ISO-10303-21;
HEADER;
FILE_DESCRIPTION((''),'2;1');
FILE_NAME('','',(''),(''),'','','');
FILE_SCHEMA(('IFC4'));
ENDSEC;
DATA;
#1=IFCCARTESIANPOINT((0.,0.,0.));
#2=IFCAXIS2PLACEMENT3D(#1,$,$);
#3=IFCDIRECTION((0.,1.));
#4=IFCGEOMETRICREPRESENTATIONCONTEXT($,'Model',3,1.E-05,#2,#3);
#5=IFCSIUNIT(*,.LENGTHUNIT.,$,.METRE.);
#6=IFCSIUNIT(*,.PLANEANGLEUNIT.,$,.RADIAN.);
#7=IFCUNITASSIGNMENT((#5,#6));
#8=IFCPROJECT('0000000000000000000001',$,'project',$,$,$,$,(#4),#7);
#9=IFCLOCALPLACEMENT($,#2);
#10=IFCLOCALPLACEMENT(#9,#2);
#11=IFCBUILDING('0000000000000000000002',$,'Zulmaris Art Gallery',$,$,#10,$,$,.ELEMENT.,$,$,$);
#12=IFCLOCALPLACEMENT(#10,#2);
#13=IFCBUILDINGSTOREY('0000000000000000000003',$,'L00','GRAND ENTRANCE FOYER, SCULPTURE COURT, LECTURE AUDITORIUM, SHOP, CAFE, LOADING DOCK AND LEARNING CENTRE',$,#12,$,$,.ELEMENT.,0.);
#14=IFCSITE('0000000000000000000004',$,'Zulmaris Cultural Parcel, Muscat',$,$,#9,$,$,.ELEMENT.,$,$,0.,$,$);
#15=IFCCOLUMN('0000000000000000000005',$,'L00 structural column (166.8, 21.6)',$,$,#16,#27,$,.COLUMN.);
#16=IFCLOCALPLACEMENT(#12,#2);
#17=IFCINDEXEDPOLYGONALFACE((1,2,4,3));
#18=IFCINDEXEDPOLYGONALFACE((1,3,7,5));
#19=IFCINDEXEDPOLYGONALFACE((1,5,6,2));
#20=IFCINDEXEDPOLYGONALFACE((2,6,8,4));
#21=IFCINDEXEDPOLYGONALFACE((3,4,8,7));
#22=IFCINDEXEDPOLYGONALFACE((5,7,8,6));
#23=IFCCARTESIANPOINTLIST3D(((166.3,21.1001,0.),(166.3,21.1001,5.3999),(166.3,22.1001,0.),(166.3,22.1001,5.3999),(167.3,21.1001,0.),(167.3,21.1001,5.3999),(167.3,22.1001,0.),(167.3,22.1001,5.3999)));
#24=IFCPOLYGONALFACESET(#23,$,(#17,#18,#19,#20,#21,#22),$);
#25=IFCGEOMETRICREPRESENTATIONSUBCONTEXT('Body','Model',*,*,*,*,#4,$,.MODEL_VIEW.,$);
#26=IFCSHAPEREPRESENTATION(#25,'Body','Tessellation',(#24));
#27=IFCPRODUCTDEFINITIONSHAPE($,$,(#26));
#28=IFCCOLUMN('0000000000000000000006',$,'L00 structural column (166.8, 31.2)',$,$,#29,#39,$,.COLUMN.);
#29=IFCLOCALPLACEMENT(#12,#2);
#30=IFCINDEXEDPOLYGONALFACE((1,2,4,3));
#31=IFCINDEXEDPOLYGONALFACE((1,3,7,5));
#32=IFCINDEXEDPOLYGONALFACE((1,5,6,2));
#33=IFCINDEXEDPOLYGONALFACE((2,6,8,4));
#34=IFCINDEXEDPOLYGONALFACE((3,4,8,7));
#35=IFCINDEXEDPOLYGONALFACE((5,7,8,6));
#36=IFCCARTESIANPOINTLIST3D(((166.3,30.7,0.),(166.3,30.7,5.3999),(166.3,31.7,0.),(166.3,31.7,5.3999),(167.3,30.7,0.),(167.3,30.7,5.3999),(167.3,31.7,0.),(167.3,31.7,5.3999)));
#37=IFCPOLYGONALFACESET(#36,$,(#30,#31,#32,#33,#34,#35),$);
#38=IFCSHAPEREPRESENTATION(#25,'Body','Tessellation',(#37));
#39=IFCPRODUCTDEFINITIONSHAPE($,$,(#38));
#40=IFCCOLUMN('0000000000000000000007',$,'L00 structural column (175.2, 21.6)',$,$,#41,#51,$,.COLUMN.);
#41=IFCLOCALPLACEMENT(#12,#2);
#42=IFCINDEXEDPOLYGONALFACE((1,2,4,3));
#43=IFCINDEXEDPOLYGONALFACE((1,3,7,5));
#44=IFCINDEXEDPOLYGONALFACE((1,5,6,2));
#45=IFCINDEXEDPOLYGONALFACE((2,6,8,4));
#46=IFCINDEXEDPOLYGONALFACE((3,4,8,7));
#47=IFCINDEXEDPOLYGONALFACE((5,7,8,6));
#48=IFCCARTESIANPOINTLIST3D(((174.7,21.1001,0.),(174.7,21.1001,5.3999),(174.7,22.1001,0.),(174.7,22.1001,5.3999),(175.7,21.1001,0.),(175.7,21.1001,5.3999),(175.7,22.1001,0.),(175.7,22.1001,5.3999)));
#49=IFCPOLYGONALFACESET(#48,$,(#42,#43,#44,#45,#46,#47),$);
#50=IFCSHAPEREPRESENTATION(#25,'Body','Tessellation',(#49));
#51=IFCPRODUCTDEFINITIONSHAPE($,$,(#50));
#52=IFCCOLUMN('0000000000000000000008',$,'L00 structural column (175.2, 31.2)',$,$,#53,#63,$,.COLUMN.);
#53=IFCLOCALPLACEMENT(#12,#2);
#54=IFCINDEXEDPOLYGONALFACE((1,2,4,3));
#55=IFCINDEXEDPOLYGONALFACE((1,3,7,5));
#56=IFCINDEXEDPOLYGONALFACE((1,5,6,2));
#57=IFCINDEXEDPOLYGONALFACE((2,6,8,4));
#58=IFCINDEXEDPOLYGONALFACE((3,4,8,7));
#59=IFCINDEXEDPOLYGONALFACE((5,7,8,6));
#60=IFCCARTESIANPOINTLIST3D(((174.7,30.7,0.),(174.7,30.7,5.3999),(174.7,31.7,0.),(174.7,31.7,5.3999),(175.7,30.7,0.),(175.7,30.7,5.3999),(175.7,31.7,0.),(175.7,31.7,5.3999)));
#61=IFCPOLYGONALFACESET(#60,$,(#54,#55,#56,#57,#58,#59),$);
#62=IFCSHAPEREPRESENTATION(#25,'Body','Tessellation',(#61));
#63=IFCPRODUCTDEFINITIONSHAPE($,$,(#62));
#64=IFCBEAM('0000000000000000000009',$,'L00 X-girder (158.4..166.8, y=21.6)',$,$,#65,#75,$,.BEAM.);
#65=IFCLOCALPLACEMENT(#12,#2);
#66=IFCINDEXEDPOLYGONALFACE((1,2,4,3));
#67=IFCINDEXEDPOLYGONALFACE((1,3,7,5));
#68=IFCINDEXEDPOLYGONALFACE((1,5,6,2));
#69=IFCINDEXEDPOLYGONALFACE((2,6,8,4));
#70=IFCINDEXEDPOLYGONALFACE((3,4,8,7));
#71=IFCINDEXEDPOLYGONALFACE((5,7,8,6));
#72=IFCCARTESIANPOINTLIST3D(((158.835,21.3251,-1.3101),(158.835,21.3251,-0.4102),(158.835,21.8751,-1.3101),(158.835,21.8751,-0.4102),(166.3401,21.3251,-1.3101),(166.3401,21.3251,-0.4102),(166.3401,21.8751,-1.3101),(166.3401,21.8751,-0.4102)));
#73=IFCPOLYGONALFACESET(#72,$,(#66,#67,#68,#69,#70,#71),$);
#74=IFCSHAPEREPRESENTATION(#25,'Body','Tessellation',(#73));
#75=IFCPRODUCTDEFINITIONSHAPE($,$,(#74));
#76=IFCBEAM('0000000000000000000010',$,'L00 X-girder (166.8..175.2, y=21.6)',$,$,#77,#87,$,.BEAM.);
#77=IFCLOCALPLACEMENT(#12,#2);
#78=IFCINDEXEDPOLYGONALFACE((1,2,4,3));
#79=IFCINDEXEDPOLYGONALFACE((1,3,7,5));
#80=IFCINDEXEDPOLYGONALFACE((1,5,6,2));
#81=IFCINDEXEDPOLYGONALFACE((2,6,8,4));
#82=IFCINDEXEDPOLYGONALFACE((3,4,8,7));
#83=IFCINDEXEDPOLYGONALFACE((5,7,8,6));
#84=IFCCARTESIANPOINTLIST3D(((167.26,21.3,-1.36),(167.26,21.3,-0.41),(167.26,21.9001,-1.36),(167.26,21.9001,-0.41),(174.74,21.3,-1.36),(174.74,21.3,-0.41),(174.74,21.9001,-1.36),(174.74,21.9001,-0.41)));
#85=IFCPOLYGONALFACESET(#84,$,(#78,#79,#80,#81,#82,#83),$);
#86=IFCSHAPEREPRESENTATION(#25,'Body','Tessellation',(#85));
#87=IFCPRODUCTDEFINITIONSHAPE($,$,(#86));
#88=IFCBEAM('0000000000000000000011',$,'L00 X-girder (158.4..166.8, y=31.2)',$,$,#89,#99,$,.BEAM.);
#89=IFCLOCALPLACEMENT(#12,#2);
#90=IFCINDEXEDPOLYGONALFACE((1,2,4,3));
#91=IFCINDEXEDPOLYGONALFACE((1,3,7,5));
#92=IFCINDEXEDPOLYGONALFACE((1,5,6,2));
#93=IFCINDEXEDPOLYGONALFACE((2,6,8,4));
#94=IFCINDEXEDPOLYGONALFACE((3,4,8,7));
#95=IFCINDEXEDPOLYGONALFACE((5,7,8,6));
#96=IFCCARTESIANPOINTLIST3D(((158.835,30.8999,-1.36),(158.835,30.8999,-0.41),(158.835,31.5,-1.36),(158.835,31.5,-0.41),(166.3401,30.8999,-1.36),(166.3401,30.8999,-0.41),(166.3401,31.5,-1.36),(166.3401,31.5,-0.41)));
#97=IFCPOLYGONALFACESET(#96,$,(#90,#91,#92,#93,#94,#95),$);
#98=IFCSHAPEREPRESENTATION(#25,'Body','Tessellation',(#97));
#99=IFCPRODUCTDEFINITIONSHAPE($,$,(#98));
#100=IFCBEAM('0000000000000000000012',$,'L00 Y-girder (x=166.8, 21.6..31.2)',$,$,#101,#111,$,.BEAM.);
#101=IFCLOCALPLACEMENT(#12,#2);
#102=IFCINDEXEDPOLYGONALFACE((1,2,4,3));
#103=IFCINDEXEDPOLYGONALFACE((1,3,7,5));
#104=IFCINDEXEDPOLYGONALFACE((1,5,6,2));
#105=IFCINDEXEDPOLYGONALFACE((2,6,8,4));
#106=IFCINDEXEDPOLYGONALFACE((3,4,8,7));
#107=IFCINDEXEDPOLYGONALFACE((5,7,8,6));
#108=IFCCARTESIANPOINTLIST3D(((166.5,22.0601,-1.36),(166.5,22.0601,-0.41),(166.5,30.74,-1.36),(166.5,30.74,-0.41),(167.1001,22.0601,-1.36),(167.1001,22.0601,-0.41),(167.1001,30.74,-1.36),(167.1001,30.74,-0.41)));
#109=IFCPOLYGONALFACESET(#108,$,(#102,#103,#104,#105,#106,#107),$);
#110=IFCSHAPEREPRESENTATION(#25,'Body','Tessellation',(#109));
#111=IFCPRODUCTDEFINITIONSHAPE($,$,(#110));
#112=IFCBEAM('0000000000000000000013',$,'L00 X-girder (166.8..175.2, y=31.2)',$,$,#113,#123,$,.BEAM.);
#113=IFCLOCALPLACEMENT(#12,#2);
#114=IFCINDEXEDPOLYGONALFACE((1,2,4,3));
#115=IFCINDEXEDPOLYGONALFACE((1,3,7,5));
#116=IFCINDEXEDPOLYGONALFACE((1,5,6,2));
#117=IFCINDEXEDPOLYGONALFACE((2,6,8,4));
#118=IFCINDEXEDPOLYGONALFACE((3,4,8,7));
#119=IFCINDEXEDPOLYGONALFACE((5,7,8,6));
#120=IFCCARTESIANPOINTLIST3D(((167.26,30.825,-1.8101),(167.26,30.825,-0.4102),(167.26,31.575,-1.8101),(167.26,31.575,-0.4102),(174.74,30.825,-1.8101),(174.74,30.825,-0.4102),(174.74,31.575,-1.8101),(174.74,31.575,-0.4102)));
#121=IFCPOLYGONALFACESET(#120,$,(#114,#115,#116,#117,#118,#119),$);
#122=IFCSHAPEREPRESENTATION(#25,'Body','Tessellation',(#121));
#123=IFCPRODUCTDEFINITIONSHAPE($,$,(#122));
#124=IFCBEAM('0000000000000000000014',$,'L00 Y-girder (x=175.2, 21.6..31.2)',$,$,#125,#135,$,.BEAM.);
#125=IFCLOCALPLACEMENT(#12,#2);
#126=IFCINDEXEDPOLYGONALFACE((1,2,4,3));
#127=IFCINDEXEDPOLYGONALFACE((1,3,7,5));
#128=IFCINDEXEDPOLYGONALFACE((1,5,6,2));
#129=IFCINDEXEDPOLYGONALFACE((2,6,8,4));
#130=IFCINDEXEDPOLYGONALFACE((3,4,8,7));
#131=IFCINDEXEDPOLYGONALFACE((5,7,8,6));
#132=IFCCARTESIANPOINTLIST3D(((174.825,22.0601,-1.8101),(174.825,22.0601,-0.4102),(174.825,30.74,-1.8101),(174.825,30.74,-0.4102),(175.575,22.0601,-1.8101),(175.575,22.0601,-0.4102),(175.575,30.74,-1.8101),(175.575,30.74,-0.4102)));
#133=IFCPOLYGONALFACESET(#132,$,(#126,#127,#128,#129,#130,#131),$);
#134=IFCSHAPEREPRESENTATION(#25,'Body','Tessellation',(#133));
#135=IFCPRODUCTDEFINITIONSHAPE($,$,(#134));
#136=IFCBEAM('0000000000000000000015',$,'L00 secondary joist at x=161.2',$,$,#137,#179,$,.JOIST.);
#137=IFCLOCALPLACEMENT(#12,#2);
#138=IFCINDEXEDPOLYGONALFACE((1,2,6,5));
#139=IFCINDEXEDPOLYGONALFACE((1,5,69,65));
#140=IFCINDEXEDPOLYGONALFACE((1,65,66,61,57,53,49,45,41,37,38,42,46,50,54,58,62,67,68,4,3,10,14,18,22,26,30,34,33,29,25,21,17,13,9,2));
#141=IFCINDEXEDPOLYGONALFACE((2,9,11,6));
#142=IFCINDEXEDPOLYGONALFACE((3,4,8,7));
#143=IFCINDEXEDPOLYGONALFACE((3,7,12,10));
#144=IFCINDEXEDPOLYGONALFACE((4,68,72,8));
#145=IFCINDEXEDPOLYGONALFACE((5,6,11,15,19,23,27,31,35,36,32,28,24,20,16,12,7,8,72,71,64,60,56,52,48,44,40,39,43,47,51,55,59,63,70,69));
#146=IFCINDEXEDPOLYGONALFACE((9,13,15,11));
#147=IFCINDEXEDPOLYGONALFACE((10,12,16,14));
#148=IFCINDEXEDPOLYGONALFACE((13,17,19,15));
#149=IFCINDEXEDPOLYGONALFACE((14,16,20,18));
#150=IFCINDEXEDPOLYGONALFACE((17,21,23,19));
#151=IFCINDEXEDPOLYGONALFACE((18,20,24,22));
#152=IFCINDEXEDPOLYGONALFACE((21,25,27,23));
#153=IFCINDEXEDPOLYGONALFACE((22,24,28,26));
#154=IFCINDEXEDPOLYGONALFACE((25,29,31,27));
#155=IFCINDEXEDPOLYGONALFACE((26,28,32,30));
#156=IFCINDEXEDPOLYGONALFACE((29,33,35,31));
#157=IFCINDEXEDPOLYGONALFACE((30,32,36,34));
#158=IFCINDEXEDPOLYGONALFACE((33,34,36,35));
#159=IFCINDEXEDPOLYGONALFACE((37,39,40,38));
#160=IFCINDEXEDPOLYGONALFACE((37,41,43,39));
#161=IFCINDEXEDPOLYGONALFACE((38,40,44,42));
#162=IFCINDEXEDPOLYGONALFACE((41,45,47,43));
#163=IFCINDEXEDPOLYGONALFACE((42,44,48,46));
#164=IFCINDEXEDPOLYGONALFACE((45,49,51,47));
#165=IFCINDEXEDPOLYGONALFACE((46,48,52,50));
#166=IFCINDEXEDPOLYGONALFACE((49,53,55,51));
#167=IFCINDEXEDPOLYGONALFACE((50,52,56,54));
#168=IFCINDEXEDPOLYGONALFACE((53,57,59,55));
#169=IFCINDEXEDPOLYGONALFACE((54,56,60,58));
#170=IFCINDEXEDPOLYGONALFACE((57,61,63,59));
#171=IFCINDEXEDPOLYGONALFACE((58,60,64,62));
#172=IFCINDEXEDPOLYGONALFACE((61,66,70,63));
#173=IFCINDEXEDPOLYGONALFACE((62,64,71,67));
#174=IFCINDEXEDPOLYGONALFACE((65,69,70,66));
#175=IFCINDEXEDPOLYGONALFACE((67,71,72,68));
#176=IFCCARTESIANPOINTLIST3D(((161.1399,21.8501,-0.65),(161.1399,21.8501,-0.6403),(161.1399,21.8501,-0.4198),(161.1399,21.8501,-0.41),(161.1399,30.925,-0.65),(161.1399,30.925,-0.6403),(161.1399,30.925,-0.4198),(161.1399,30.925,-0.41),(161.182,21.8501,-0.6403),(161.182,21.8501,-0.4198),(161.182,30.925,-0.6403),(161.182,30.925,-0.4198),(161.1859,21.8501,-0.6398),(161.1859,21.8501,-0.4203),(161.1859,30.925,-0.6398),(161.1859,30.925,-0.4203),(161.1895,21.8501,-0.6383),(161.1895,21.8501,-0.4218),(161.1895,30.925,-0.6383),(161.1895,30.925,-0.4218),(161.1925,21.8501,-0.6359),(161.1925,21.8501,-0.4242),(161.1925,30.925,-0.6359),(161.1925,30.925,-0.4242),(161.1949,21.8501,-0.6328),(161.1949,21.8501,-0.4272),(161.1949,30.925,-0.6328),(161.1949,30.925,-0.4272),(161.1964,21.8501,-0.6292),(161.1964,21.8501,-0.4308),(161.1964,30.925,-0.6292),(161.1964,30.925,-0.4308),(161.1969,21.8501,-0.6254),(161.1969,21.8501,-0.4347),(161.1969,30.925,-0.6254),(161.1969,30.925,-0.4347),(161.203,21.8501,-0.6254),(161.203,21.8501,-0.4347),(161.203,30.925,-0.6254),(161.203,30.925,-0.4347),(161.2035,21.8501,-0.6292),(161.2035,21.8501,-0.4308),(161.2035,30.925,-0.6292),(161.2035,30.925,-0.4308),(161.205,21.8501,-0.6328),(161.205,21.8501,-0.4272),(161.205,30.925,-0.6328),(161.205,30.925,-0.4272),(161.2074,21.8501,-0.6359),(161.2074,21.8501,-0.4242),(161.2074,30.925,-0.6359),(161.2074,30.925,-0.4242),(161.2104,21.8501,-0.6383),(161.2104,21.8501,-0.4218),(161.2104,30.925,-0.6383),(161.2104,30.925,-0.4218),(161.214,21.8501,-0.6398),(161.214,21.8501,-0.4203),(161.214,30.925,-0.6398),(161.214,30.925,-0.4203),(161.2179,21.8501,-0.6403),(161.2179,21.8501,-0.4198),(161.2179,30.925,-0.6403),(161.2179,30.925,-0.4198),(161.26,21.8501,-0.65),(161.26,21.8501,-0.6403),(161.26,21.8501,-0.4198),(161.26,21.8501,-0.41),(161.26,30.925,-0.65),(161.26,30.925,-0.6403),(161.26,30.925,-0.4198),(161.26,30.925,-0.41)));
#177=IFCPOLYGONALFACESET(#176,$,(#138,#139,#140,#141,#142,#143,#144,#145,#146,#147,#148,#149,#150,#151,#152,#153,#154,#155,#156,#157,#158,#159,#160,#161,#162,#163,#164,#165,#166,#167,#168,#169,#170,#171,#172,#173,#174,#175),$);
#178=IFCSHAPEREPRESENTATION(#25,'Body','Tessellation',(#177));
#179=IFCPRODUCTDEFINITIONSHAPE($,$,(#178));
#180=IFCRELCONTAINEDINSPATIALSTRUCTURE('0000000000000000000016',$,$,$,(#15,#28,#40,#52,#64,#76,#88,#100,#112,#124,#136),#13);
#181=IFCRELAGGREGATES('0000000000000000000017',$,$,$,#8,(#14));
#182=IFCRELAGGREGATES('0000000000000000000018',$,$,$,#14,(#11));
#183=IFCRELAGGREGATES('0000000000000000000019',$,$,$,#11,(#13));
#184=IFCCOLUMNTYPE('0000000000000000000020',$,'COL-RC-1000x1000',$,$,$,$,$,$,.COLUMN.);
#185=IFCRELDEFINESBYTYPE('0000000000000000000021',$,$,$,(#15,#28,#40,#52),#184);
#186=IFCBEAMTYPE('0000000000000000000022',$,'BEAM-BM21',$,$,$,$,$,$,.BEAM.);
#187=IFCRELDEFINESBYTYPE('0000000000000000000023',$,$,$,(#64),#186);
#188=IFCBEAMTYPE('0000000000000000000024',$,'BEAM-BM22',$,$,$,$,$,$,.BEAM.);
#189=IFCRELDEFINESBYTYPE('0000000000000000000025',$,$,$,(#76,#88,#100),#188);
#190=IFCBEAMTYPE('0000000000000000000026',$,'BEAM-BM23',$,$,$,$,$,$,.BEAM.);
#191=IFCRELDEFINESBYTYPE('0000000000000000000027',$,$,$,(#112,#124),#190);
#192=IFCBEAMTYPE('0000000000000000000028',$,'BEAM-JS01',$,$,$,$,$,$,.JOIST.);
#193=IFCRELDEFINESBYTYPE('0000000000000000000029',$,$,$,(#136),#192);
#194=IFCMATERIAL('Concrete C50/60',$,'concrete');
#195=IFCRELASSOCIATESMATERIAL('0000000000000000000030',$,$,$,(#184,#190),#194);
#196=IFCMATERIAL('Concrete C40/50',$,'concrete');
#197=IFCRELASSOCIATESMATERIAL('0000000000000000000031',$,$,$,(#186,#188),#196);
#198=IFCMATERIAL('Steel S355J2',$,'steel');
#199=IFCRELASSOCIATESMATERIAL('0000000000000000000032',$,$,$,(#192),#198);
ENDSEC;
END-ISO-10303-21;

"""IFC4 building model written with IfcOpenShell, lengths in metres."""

from ifc_helpers import new_model, si_unit, direction, frame, origin, origin_2d, place, context, subcontext, project, spatial, rectangle, i_section, extrude, material, material_profile, profile_set, type_object, element, save


model = new_model("IFC4")

# Units and contexts
model_context = context("Model", 3, precision=1e-05, world=origin(), true_north=direction((0.0, 1.0)))
body_context = subcontext(model_context, "Body", "Model", "MODEL_VIEW")
ifc_project = project(units=[si_unit("LENGTHUNIT", "METRE"), si_unit("PLANEANGLEUNIT", "RADIAN")], contexts=[model_context])

# Site, building, storey
site_placement = place(None, origin())
site = spatial("IfcSite", under=ifc_project, at=site_placement, Name="Zulmaris Cultural Parcel, Muscat", CompositionType="ELEMENT", RefElevation=0.0)
building_placement = place(site_placement, origin())
building = spatial("IfcBuilding", under=site, at=building_placement, Name="Zulmaris Art Gallery", CompositionType="ELEMENT")
storey_placement = place(building_placement, origin())
storey = spatial("IfcBuildingStorey", under=building, at=storey_placement, Name="L00", Description="GRAND ENTRANCE FOYER, SCULPTURE COURT, LECTURE AUDITORIUM, SHOP, CAFE, LOADING DOCK AND LEARNING CENTRE", CompositionType="ELEMENT", Elevation=0.0)

# Columns
ifc_material_1 = material(Name="Concrete C50/60", Category="concrete")
ifc_material_profile_1 = material_profile(ifc_material_1, rectangle(XDim=1.0, YDim=1.0, at=origin_2d()), Name="RC 1000x1000")
ifc_profile_set_1 = profile_set([ifc_material_profile_1], Name="Concrete C50/60")
column_type = type_object("IfcColumnType", Name="COL-RC-1000x1000", PredefinedType="COLUMN", material=ifc_profile_set_1)
for number, where, z_axis, x_axis, name in (
    (1, (166.8, 21.6001, 0.0), (0.0, 0.0, 1.0), (1.0, 0.0, 0.0), "L00 structural column (166.8, 21.6)"),
    (2, (166.8, 31.2, 0.0), (0.0, 0.0, 1.0), (1.0, 0.0, 0.0), "L00 structural column (166.8, 31.2)"),
    (3, (175.2, 21.6001, 0.0), (0.0, 0.0, 1.0), (1.0, 0.0, 0.0), "L00 structural column (175.2, 21.6)"),
    (4, (175.2, 31.2, 0.0), (0.0, 0.0, 1.0), (1.0, 0.0, 0.0), "L00 structural column (175.2, 31.2)"),
):
    element("IfcColumn", number, at=place(storey_placement, frame(where, z_axis=z_axis, x_axis=x_axis)), inside=storey, type_object=column_type, Name=name, PredefinedType="COLUMN", context=body_context, shape_type="SweptSolid", body=[
        extrude(rectangle(XDim=1.0, YDim=1.0, at=origin_2d()), origin(), (0.0, 0.0, 1.0), 5.3999),
    ])

# Beams
ifc_material_2 = material(Name="Concrete C40/50", Category="concrete")
ifc_material_profile_2 = material_profile(ifc_material_2, rectangle(XDim=0.55, YDim=0.8999, at=origin_2d()), Name="RC 550x900")
ifc_profile_set_2 = profile_set([ifc_material_profile_2], Name="Concrete C40/50")
beam_type_1 = type_object("IfcBeamType", Name="BEAM-BM21", PredefinedType="BEAM", material=ifc_profile_set_2)
beam_1_placement = place(storey_placement, frame((158.835, 21.6001, -0.8601), z_axis=(1.0, 0.0, 0.0), x_axis=(0.0, 1.0, 0.0)))
element("IfcBeam", 5, at=beam_1_placement, inside=storey, type_object=beam_type_1, Name="L00 X-girder (158.4..166.8, y=21.6)", PredefinedType="BEAM", context=body_context, shape_type="SweptSolid", body=[
    extrude(rectangle(XDim=0.55, YDim=0.8999, at=origin_2d()), origin(), (0.0, 0.0, 1.0), 7.5051),
])
ifc_material_profile_3 = material_profile(ifc_material_2, rectangle(XDim=0.6001, YDim=0.95, at=origin_2d()), Name="RC 600x950")
ifc_profile_set_3 = profile_set([ifc_material_profile_3], Name="Concrete C40/50")
beam_type_2 = type_object("IfcBeamType", Name="BEAM-BM22", PredefinedType="BEAM", material=ifc_profile_set_3)
beam_2_placement = place(storey_placement, frame((167.26, 21.6001, -0.885), z_axis=(1.0, 0.0, 0.0), x_axis=(0.0, 1.0, 0.0)))
element("IfcBeam", 6, at=beam_2_placement, inside=storey, type_object=beam_type_2, Name="L00 X-girder (166.8..175.2, y=21.6)", PredefinedType="BEAM", context=body_context, shape_type="SweptSolid", body=[
    extrude(rectangle(XDim=0.6001, YDim=0.95, at=origin_2d()), origin(), (0.0, 0.0, 1.0), 7.48),
])
beam_3_placement = place(storey_placement, frame((158.835, 31.2, -0.885), z_axis=(1.0, 0.0, 0.0), x_axis=(0.0, 1.0, 0.0)))
element("IfcBeam", 7, at=beam_3_placement, inside=storey, type_object=beam_type_2, Name="L00 X-girder (158.4..166.8, y=31.2)", PredefinedType="BEAM", context=body_context, shape_type="SweptSolid", body=[
    extrude(rectangle(XDim=0.6001, YDim=0.95, at=origin_2d()), origin(), (0.0, 0.0, 1.0), 7.5051),
])
beam_4_placement = place(storey_placement, frame((166.8, 22.0601, -0.885), z_axis=(0.0, 1.0, 0.0), x_axis=(-1.0, 0.0, 0.0)))
element("IfcBeam", 8, at=beam_4_placement, inside=storey, type_object=beam_type_2, Name="L00 Y-girder (x=166.8, 21.6..31.2)", PredefinedType="BEAM", context=body_context, shape_type="SweptSolid", body=[
    extrude(rectangle(XDim=0.6001, YDim=0.95, at=origin_2d()), origin(), (0.0, 0.0, 1.0), 8.6799),
])
ifc_material_profile_4 = material_profile(ifc_material_1, rectangle(XDim=0.75, YDim=1.3999, at=origin_2d()), Name="RC 750x1400")
ifc_profile_set_4 = profile_set([ifc_material_profile_4], Name="Concrete C50/60")
beam_type_3 = type_object("IfcBeamType", Name="BEAM-BM23", PredefinedType="BEAM", material=ifc_profile_set_4)
beam_5_placement = place(storey_placement, frame((167.26, 31.2, -1.1101), z_axis=(1.0, 0.0, 0.0), x_axis=(0.0, 1.0, 0.0)))
element("IfcBeam", 9, at=beam_5_placement, inside=storey, type_object=beam_type_3, Name="L00 X-girder (166.8..175.2, y=31.2)", PredefinedType="BEAM", context=body_context, shape_type="SweptSolid", body=[
    extrude(rectangle(XDim=0.75, YDim=1.3999, at=origin_2d()), origin(), (0.0, 0.0, 1.0), 7.48),
])
beam_6_placement = place(storey_placement, frame((175.2, 22.0601, -1.1101), z_axis=(0.0, 1.0, 0.0), x_axis=(-1.0, 0.0, 0.0)))
element("IfcBeam", 10, at=beam_6_placement, inside=storey, type_object=beam_type_3, Name="L00 Y-girder (x=175.2, 21.6..31.2)", PredefinedType="BEAM", context=body_context, shape_type="SweptSolid", body=[
    extrude(rectangle(XDim=0.75, YDim=1.3999, at=origin_2d()), origin(), (0.0, 0.0, 1.0), 8.6799),
])
ifc_material_3 = material(Name="Steel S355J2", Category="steel")
ifc_material_profile_5 = material_profile(ifc_material_3, i_section(OverallWidth=0.1201, OverallDepth=0.24, WebThickness=0.0061, FlangeThickness=0.0098, FilletRadius=0.0149, at=origin_2d()), Name="IPE 240")
ifc_profile_set_5 = profile_set([ifc_material_profile_5], Name="Steel S355J2")
beam_type_4 = type_object("IfcBeamType", Name="BEAM-JS01", PredefinedType="JOIST", material=ifc_profile_set_5)
beam_7_placement = place(storey_placement, frame((161.2, 21.8501, -0.53), z_axis=(0.0, 1.0, 0.0), x_axis=(-1.0, 0.0, 0.0)))
element("IfcBeam", 11, at=beam_7_placement, inside=storey, type_object=beam_type_4, Name="L00 secondary joist at x=161.2", PredefinedType="JOIST", context=body_context, shape_type="SweptSolid", body=[
    extrude(i_section(OverallWidth=0.1201, OverallDepth=0.24, WebThickness=0.0061, FlangeThickness=0.0098, FilletRadius=0.0149, at=origin_2d()), origin(), (0.0, 0.0, 1.0), 9.075),
])

save(model, "model.ifc")
